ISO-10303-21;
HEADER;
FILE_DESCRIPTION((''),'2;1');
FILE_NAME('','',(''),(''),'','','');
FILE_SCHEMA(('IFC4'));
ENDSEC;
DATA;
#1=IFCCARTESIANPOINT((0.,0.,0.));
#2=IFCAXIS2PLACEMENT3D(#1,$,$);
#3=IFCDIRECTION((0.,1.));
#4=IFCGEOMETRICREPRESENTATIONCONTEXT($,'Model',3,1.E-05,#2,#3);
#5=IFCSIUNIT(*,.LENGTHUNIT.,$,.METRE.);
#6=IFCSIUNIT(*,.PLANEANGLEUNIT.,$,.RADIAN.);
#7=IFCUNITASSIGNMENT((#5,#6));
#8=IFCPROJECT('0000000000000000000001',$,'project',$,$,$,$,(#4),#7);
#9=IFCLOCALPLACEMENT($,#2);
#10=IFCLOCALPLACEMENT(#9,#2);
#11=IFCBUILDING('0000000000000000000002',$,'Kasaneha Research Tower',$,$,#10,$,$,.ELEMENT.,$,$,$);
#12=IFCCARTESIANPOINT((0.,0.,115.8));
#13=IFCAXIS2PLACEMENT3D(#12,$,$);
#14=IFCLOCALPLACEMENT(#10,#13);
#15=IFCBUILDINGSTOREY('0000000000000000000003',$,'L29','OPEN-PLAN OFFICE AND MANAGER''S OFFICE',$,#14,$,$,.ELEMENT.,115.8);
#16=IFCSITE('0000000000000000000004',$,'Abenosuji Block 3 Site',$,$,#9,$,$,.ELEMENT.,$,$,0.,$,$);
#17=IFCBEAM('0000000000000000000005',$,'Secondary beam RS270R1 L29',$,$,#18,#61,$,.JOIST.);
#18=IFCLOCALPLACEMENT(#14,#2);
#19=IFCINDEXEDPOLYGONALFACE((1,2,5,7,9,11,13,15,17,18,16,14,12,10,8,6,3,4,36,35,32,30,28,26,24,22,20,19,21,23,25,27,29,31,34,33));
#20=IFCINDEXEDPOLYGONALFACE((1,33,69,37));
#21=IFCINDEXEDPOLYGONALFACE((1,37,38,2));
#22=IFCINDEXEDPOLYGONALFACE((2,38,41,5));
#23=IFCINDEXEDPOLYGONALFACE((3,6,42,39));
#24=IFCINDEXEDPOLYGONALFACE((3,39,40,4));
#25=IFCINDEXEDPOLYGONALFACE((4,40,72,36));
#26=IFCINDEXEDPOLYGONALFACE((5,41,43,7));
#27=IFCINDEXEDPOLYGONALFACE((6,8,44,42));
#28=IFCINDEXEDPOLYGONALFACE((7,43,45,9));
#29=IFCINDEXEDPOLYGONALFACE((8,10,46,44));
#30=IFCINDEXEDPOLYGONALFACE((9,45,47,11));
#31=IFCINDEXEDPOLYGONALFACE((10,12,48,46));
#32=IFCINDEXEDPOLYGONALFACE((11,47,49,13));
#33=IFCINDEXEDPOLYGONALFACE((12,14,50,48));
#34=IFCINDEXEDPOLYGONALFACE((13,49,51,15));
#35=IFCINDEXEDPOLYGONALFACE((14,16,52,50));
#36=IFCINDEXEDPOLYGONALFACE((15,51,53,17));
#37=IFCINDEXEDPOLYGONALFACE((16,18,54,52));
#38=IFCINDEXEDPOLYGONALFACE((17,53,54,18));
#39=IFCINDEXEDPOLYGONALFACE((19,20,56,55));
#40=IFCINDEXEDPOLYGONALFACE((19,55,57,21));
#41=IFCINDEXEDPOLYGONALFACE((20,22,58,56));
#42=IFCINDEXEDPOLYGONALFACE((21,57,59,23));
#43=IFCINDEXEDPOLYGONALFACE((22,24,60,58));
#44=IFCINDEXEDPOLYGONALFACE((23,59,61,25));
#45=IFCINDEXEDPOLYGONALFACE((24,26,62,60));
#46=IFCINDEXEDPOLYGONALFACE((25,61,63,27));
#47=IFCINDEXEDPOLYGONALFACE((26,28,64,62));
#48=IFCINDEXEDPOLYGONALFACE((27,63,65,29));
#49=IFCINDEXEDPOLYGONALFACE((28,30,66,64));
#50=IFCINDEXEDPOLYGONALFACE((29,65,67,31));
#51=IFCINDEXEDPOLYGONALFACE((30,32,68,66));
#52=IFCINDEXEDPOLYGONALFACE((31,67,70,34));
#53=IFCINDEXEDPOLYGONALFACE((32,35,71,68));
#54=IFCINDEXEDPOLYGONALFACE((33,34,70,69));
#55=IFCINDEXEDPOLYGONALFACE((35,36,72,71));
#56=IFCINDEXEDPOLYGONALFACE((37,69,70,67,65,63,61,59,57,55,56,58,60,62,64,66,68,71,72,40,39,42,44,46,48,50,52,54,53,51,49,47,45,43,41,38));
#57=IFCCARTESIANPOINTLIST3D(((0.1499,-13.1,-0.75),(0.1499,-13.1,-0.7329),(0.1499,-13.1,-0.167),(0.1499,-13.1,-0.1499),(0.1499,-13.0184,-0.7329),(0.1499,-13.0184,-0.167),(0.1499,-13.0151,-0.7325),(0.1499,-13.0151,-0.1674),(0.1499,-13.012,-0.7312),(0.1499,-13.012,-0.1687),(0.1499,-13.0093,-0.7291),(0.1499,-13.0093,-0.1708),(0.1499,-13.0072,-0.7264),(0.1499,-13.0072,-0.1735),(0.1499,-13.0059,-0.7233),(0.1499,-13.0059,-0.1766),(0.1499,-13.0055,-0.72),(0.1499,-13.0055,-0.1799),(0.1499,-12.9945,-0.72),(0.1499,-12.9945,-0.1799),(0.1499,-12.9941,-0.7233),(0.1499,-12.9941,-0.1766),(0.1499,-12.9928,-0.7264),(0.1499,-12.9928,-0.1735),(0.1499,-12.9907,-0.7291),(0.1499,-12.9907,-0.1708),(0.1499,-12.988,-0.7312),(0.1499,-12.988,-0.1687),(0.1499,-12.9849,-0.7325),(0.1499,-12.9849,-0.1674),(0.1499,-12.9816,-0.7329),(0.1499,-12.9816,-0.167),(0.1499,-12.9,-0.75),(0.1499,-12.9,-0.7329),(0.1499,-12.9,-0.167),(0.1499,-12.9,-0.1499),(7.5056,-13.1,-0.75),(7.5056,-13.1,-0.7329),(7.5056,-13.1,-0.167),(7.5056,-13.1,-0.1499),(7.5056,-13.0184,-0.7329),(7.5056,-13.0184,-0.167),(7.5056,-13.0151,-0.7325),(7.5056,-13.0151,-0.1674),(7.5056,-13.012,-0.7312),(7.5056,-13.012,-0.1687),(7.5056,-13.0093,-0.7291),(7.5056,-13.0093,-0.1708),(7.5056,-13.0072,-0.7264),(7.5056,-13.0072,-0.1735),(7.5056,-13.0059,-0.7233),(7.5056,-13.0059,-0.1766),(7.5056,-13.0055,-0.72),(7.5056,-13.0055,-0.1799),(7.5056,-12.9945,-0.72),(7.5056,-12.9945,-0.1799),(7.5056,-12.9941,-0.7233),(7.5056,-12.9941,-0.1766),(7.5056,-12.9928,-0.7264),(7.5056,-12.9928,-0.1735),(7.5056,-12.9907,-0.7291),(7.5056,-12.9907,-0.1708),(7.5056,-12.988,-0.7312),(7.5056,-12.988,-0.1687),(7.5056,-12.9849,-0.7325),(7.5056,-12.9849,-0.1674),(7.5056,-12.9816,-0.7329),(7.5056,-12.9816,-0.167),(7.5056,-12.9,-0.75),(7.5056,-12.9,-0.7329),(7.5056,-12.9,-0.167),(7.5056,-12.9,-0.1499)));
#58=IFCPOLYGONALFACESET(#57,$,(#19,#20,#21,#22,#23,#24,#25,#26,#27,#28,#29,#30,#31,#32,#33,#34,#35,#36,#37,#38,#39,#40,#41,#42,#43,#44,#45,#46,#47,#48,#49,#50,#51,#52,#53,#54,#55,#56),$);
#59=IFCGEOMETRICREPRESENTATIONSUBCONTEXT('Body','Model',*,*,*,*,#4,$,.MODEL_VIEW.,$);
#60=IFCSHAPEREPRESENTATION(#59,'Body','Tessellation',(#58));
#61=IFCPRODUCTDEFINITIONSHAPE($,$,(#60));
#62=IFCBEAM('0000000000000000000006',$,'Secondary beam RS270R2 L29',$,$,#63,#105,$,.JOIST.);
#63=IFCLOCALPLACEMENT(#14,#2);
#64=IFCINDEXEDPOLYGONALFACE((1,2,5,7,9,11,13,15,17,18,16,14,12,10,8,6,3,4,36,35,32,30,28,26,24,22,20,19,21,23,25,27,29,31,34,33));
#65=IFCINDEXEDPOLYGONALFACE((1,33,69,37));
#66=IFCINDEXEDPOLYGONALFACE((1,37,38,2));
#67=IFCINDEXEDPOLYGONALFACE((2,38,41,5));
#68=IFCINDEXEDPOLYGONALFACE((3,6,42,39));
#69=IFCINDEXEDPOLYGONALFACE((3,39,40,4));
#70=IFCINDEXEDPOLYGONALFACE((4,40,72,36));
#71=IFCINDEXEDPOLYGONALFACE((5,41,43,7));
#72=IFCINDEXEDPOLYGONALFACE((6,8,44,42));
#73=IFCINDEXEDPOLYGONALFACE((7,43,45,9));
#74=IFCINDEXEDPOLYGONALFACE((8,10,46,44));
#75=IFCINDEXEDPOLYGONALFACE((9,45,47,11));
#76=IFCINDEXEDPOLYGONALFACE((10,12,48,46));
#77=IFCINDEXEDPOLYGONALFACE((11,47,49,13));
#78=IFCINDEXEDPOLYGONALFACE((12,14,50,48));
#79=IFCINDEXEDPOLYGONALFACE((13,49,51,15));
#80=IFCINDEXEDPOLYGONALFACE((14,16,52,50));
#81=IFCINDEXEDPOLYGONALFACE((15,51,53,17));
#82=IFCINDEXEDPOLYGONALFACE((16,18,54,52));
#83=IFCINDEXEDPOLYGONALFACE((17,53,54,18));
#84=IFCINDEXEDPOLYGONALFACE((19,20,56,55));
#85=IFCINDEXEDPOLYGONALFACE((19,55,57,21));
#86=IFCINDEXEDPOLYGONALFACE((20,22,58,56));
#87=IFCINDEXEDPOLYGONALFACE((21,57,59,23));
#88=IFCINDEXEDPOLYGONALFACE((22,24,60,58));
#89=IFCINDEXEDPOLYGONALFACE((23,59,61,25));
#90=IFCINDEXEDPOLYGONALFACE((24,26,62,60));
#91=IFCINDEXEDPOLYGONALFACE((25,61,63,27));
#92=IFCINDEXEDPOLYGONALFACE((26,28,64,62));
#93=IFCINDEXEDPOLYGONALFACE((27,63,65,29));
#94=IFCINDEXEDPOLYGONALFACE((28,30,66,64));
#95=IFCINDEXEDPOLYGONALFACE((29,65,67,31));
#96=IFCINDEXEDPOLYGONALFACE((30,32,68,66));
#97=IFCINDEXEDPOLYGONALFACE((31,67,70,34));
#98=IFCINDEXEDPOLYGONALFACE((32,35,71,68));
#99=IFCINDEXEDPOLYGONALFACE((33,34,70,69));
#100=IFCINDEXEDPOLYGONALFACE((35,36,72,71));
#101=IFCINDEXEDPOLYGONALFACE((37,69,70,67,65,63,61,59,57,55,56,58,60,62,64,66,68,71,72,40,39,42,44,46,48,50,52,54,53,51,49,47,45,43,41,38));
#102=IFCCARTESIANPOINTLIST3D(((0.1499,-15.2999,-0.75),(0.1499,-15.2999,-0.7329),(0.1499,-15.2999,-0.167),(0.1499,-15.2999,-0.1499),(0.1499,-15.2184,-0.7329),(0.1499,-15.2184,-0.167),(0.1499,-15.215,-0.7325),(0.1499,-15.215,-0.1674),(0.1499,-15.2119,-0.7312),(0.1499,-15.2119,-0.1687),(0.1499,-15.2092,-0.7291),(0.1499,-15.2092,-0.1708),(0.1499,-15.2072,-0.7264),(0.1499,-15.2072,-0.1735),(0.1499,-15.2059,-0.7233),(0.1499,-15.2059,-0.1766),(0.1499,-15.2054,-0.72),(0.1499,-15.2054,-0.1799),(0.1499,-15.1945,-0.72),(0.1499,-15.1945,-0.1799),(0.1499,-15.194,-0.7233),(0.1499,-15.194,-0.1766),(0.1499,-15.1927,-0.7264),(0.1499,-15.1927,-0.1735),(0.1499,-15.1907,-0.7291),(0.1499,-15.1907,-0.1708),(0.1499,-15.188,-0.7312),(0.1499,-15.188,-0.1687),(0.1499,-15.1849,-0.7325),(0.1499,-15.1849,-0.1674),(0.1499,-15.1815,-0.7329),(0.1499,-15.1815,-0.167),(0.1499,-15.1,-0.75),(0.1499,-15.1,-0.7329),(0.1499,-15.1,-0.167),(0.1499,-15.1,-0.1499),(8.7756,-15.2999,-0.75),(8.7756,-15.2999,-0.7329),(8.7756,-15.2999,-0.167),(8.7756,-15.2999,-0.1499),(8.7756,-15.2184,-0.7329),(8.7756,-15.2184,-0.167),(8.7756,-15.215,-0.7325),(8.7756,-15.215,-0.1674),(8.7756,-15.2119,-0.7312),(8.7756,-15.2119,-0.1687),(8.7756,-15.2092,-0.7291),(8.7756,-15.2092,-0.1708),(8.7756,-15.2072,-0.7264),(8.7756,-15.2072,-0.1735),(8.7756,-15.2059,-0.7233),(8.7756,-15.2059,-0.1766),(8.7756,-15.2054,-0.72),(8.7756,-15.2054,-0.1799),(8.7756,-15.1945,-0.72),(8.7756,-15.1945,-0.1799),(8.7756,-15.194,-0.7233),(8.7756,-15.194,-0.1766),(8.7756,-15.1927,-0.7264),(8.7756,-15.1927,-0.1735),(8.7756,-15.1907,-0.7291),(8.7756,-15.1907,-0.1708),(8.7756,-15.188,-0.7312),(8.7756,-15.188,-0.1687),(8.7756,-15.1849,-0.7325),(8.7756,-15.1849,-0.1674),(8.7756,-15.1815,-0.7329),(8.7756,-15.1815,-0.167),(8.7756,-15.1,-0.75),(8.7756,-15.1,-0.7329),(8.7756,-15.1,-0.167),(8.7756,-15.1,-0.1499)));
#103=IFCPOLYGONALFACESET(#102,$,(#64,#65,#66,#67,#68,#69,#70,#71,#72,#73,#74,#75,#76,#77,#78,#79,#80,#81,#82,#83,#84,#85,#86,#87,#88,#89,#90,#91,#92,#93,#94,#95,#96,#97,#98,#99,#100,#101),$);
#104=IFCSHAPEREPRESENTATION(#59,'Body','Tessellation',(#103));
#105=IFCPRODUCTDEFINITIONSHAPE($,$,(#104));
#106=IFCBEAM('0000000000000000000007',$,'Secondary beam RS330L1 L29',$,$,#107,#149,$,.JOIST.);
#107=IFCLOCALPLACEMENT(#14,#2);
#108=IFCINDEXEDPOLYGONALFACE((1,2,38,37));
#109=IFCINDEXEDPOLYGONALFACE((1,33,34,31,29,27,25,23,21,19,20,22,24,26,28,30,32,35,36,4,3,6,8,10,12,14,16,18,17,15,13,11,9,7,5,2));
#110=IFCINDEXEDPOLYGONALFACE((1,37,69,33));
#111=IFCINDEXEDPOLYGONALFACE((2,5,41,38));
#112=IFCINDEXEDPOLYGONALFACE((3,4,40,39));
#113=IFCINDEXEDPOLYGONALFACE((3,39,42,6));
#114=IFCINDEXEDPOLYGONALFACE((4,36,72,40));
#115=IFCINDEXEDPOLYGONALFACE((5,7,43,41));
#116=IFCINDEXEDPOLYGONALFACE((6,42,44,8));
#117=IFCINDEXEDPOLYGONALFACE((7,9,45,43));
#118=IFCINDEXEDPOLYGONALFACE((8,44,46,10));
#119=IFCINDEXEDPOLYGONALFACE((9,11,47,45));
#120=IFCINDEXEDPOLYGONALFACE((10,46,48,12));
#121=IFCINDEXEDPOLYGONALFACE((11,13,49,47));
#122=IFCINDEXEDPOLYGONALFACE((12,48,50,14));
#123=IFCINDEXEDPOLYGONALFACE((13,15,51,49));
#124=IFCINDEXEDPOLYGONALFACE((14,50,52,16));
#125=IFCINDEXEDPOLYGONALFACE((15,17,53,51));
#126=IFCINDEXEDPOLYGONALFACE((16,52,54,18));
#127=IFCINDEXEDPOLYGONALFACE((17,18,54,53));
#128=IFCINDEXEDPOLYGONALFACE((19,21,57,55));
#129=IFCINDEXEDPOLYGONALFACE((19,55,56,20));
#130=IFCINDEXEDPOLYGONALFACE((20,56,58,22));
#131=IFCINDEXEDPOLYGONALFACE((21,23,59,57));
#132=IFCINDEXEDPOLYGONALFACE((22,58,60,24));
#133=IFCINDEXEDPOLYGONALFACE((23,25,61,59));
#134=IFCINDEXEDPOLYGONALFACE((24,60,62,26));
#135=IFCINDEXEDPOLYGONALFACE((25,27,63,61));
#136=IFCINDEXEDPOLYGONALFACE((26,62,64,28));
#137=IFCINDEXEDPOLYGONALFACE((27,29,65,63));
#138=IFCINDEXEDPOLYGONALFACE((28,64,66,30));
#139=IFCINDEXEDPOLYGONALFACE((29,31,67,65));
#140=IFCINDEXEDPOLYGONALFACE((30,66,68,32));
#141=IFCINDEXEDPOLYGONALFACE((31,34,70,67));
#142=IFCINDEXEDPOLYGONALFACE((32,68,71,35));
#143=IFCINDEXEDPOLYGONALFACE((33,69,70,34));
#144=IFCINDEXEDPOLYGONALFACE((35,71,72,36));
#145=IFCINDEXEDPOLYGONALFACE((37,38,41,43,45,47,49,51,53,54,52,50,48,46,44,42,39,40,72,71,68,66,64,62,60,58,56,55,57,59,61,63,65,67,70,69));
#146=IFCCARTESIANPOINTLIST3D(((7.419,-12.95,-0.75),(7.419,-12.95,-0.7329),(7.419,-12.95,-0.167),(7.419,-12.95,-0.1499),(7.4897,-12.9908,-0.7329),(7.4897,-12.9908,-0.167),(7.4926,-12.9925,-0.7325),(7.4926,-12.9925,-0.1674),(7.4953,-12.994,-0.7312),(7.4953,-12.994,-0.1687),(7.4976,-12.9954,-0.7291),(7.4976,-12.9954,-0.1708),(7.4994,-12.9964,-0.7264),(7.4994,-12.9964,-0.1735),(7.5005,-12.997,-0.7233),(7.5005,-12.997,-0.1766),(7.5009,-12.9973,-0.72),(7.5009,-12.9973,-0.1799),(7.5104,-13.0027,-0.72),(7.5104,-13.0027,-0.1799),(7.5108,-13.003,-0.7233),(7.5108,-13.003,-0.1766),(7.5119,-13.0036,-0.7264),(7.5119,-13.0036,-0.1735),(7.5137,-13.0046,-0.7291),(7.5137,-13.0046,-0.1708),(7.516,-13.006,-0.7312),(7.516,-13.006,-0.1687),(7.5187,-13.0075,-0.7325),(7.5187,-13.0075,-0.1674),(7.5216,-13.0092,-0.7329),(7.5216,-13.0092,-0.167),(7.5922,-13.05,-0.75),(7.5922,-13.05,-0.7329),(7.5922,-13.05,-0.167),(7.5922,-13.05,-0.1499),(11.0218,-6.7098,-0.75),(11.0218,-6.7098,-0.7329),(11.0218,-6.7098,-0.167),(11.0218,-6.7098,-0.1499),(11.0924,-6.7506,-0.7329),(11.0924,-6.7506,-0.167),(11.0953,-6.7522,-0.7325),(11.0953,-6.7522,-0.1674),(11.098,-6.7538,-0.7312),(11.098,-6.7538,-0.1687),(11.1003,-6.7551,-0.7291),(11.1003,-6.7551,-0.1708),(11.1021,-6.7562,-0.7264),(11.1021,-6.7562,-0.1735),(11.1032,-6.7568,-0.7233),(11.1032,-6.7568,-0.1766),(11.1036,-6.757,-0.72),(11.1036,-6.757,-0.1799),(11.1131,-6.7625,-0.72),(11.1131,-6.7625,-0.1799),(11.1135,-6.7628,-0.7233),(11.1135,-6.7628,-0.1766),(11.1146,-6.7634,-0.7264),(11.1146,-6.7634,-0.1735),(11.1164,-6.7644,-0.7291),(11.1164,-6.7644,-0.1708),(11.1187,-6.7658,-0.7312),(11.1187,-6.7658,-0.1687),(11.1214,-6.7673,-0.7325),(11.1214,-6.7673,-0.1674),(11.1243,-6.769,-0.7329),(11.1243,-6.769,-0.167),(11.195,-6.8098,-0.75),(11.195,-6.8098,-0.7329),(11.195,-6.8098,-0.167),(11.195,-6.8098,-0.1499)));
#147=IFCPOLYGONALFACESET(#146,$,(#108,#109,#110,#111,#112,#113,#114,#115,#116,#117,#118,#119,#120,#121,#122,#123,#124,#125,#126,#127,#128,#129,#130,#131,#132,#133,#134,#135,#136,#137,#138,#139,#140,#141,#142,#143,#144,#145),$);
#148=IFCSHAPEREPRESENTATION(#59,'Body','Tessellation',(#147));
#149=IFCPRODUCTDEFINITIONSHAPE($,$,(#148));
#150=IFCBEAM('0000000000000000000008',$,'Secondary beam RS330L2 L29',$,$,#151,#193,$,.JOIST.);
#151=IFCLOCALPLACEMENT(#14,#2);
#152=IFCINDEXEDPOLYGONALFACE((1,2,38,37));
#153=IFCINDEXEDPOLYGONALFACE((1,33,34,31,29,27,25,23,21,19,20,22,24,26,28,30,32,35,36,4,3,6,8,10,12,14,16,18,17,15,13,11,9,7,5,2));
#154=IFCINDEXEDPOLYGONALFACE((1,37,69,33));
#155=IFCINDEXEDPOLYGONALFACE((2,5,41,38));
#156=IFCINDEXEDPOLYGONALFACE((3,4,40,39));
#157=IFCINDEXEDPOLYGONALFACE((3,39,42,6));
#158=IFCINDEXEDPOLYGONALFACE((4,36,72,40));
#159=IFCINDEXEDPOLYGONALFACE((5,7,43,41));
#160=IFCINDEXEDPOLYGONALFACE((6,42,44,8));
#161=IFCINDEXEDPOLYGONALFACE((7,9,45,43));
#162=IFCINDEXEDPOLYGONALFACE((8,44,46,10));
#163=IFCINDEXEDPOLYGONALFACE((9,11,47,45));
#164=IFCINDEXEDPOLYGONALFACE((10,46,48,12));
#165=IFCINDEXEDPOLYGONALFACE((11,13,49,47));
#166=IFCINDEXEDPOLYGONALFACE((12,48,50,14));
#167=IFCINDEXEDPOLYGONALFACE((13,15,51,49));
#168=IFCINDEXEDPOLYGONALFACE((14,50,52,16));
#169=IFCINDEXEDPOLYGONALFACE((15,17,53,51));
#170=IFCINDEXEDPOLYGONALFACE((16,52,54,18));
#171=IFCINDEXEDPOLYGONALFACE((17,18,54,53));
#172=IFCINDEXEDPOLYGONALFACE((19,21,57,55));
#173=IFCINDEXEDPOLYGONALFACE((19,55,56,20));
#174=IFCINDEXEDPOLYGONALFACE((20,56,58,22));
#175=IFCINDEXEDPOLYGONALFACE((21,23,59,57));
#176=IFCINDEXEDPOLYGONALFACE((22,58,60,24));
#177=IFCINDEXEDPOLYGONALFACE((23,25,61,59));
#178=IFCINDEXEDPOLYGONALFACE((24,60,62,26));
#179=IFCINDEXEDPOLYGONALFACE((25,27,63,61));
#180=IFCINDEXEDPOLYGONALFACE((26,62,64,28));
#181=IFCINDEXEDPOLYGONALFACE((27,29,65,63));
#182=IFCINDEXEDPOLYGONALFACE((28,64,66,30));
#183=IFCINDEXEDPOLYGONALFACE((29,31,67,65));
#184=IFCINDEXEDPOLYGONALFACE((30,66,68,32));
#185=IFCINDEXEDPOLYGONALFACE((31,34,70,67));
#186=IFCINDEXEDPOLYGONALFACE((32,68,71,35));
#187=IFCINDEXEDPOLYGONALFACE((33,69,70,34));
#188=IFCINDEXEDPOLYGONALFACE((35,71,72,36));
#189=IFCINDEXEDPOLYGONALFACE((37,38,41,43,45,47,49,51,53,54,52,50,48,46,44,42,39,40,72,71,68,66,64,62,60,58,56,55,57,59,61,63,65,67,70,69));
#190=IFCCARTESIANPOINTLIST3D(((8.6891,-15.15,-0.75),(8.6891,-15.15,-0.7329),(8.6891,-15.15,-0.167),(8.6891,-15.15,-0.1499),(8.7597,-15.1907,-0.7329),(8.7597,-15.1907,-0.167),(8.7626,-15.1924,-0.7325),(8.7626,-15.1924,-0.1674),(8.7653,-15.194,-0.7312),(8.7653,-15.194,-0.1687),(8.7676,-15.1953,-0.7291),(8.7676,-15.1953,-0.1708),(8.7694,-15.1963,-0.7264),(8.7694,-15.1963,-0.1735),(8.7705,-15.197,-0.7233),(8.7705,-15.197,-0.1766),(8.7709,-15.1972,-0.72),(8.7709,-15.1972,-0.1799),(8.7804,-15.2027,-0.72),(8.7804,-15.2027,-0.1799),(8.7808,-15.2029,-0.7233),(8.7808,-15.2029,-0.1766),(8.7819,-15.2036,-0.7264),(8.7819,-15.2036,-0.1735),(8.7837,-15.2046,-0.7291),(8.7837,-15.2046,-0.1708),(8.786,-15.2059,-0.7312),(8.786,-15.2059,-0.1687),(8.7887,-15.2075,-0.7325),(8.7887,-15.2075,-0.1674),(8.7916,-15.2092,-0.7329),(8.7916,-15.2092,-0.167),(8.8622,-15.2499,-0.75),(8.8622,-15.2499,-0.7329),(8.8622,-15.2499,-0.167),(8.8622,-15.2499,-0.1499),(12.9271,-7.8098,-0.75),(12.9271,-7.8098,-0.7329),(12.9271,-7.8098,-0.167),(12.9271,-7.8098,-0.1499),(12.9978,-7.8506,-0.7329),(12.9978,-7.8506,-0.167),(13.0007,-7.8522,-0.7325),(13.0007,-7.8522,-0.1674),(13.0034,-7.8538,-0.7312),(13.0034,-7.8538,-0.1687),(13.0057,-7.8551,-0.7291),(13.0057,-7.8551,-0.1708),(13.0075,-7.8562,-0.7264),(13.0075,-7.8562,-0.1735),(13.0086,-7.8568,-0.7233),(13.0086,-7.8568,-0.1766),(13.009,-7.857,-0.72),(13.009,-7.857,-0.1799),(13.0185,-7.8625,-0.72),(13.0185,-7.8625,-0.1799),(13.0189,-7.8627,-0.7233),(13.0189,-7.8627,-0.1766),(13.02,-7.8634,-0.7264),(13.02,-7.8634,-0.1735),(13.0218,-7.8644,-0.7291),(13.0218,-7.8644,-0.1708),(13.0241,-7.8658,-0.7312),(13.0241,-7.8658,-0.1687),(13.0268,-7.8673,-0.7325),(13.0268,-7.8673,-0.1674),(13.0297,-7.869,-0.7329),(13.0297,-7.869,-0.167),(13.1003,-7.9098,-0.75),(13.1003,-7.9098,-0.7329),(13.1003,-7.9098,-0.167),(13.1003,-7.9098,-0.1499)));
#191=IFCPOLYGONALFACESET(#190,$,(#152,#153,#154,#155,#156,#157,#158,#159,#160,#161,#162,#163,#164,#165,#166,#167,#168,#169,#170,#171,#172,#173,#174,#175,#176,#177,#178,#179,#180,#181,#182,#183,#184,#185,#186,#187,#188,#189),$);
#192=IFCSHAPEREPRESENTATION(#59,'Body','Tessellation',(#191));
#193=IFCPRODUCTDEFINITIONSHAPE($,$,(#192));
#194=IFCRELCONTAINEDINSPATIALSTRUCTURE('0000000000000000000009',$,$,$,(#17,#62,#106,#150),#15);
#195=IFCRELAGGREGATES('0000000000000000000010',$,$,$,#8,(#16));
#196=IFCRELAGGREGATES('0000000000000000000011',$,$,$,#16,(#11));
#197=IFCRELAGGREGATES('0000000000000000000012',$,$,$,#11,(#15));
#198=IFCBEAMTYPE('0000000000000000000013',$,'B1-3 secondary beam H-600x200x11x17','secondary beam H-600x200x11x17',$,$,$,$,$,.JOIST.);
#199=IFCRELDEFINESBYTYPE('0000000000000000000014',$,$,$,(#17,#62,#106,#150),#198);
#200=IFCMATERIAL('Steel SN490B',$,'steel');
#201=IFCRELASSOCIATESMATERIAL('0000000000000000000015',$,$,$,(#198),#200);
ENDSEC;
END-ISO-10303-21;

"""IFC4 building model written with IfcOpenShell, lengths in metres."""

from ifc_helpers import new_model, si_unit, direction, frame, origin, origin_2d, place, context, subcontext, project, spatial, i_section, extrude, material, material_profile, profile_set, type_object, element, save


model = new_model("IFC4")

# Units and contexts
model_context = context("Model", 3, precision=1e-05, world=origin(), true_north=direction((0.0, 1.0)))
body_context = subcontext(model_context, "Body", "Model", "MODEL_VIEW")
ifc_project = project(units=[si_unit("LENGTHUNIT", "METRE"), si_unit("PLANEANGLEUNIT", "RADIAN")], contexts=[model_context])

# Site, building, storey
site_placement = place(None, origin())
site = spatial("IfcSite", under=ifc_project, at=site_placement, Name="Abenosuji Block 3 Site", CompositionType="ELEMENT", RefElevation=0.0)
building_placement = place(site_placement, origin())
building = spatial("IfcBuilding", under=site, at=building_placement, Name="Kasaneha Research Tower", CompositionType="ELEMENT")
storey_placement = place(building_placement, frame((0.0, 0.0, 115.8)))
storey = spatial("IfcBuildingStorey", under=building, at=storey_placement, Name="L29", Description="OPEN-PLAN OFFICE AND MANAGER'S OFFICE", CompositionType="ELEMENT", Elevation=115.8)

# Beams
ifc_material_1 = material(Name="Steel SN490B", Category="steel")
ifc_material_profile_1 = material_profile(ifc_material_1, i_section(OverallWidth=0.2, OverallDepth=0.6001, WebThickness=0.011, FlangeThickness=0.0171, FilletRadius=0.0129, at=origin_2d()), Name="H-600x200x11x17")
ifc_profile_set_1 = profile_set([ifc_material_profile_1], Name="Steel SN490B")
beam_type_1 = type_object("IfcBeamType", Name="B1-3 secondary beam H-600x200x11x17", Description="secondary beam H-600x200x11x17", PredefinedType="JOIST", material=ifc_profile_set_1)
beam_1_placement = place(storey_placement, frame((7.5056, -13.0, -0.45), z_axis=(-1.0, 0.0, 0.0), x_axis=(0.0, -1.0, 0.0)))
element("IfcBeam", 1, at=beam_1_placement, inside=storey, type_object=beam_type_1, Name="Secondary beam RS270R1 L29", PredefinedType="JOIST", context=body_context, shape_type="SweptSolid", body=[
    extrude(i_section(OverallWidth=0.2, OverallDepth=0.6001, WebThickness=0.011, FlangeThickness=0.0171, FilletRadius=0.0129, at=origin_2d()), origin(), (0.0, 0.0, 1.0), 7.3557),
])
beam_2_placement = place(storey_placement, frame((8.7756, -15.2, -0.45), z_axis=(-1.0, 0.0, 0.0), x_axis=(0.0, -1.0, 0.0)))
element("IfcBeam", 2, at=beam_2_placement, inside=storey, type_object=beam_type_1, Name="Secondary beam RS270R2 L29", PredefinedType="JOIST", context=body_context, shape_type="SweptSolid", body=[
    extrude(i_section(OverallWidth=0.2, OverallDepth=0.6001, WebThickness=0.011, FlangeThickness=0.0171, FilletRadius=0.0129, at=origin_2d()), origin(), (0.0, 0.0, 1.0), 8.6257),
])
beam_3_placement = place(storey_placement, frame((7.5056, -13.0, -0.45), z_axis=(0.499998, 0.866026, 0.0), x_axis=(-0.866026, 0.499998, 0.0)))
element("IfcBeam", 3, at=beam_3_placement, inside=storey, type_object=beam_type_1, Name="Secondary beam RS330L1 L29", PredefinedType="JOIST", context=body_context, shape_type="SweptSolid", body=[
    extrude(i_section(OverallWidth=0.2, OverallDepth=0.6001, WebThickness=0.011, FlangeThickness=0.0171, FilletRadius=0.0129, at=origin_2d()), origin(), (0.0, 0.0, 1.0), 7.2056),
])
beam_4_placement = place(storey_placement, frame((8.7756, -15.2, -0.45), z_axis=(0.500021, 0.866013, 0.0), x_axis=(-0.866013, 0.500021, 0.0)))
element("IfcBeam", 4, at=beam_4_placement, inside=storey, type_object=beam_type_1, Name="Secondary beam RS330L2 L29", PredefinedType="JOIST", context=body_context, shape_type="SweptSolid", body=[
    extrude(i_section(OverallWidth=0.2, OverallDepth=0.6001, WebThickness=0.011, FlangeThickness=0.0171, FilletRadius=0.0129, at=origin_2d()), origin(), (0.0, 0.0, 1.0), 8.4758),
])

save(model, "model.ifc")
